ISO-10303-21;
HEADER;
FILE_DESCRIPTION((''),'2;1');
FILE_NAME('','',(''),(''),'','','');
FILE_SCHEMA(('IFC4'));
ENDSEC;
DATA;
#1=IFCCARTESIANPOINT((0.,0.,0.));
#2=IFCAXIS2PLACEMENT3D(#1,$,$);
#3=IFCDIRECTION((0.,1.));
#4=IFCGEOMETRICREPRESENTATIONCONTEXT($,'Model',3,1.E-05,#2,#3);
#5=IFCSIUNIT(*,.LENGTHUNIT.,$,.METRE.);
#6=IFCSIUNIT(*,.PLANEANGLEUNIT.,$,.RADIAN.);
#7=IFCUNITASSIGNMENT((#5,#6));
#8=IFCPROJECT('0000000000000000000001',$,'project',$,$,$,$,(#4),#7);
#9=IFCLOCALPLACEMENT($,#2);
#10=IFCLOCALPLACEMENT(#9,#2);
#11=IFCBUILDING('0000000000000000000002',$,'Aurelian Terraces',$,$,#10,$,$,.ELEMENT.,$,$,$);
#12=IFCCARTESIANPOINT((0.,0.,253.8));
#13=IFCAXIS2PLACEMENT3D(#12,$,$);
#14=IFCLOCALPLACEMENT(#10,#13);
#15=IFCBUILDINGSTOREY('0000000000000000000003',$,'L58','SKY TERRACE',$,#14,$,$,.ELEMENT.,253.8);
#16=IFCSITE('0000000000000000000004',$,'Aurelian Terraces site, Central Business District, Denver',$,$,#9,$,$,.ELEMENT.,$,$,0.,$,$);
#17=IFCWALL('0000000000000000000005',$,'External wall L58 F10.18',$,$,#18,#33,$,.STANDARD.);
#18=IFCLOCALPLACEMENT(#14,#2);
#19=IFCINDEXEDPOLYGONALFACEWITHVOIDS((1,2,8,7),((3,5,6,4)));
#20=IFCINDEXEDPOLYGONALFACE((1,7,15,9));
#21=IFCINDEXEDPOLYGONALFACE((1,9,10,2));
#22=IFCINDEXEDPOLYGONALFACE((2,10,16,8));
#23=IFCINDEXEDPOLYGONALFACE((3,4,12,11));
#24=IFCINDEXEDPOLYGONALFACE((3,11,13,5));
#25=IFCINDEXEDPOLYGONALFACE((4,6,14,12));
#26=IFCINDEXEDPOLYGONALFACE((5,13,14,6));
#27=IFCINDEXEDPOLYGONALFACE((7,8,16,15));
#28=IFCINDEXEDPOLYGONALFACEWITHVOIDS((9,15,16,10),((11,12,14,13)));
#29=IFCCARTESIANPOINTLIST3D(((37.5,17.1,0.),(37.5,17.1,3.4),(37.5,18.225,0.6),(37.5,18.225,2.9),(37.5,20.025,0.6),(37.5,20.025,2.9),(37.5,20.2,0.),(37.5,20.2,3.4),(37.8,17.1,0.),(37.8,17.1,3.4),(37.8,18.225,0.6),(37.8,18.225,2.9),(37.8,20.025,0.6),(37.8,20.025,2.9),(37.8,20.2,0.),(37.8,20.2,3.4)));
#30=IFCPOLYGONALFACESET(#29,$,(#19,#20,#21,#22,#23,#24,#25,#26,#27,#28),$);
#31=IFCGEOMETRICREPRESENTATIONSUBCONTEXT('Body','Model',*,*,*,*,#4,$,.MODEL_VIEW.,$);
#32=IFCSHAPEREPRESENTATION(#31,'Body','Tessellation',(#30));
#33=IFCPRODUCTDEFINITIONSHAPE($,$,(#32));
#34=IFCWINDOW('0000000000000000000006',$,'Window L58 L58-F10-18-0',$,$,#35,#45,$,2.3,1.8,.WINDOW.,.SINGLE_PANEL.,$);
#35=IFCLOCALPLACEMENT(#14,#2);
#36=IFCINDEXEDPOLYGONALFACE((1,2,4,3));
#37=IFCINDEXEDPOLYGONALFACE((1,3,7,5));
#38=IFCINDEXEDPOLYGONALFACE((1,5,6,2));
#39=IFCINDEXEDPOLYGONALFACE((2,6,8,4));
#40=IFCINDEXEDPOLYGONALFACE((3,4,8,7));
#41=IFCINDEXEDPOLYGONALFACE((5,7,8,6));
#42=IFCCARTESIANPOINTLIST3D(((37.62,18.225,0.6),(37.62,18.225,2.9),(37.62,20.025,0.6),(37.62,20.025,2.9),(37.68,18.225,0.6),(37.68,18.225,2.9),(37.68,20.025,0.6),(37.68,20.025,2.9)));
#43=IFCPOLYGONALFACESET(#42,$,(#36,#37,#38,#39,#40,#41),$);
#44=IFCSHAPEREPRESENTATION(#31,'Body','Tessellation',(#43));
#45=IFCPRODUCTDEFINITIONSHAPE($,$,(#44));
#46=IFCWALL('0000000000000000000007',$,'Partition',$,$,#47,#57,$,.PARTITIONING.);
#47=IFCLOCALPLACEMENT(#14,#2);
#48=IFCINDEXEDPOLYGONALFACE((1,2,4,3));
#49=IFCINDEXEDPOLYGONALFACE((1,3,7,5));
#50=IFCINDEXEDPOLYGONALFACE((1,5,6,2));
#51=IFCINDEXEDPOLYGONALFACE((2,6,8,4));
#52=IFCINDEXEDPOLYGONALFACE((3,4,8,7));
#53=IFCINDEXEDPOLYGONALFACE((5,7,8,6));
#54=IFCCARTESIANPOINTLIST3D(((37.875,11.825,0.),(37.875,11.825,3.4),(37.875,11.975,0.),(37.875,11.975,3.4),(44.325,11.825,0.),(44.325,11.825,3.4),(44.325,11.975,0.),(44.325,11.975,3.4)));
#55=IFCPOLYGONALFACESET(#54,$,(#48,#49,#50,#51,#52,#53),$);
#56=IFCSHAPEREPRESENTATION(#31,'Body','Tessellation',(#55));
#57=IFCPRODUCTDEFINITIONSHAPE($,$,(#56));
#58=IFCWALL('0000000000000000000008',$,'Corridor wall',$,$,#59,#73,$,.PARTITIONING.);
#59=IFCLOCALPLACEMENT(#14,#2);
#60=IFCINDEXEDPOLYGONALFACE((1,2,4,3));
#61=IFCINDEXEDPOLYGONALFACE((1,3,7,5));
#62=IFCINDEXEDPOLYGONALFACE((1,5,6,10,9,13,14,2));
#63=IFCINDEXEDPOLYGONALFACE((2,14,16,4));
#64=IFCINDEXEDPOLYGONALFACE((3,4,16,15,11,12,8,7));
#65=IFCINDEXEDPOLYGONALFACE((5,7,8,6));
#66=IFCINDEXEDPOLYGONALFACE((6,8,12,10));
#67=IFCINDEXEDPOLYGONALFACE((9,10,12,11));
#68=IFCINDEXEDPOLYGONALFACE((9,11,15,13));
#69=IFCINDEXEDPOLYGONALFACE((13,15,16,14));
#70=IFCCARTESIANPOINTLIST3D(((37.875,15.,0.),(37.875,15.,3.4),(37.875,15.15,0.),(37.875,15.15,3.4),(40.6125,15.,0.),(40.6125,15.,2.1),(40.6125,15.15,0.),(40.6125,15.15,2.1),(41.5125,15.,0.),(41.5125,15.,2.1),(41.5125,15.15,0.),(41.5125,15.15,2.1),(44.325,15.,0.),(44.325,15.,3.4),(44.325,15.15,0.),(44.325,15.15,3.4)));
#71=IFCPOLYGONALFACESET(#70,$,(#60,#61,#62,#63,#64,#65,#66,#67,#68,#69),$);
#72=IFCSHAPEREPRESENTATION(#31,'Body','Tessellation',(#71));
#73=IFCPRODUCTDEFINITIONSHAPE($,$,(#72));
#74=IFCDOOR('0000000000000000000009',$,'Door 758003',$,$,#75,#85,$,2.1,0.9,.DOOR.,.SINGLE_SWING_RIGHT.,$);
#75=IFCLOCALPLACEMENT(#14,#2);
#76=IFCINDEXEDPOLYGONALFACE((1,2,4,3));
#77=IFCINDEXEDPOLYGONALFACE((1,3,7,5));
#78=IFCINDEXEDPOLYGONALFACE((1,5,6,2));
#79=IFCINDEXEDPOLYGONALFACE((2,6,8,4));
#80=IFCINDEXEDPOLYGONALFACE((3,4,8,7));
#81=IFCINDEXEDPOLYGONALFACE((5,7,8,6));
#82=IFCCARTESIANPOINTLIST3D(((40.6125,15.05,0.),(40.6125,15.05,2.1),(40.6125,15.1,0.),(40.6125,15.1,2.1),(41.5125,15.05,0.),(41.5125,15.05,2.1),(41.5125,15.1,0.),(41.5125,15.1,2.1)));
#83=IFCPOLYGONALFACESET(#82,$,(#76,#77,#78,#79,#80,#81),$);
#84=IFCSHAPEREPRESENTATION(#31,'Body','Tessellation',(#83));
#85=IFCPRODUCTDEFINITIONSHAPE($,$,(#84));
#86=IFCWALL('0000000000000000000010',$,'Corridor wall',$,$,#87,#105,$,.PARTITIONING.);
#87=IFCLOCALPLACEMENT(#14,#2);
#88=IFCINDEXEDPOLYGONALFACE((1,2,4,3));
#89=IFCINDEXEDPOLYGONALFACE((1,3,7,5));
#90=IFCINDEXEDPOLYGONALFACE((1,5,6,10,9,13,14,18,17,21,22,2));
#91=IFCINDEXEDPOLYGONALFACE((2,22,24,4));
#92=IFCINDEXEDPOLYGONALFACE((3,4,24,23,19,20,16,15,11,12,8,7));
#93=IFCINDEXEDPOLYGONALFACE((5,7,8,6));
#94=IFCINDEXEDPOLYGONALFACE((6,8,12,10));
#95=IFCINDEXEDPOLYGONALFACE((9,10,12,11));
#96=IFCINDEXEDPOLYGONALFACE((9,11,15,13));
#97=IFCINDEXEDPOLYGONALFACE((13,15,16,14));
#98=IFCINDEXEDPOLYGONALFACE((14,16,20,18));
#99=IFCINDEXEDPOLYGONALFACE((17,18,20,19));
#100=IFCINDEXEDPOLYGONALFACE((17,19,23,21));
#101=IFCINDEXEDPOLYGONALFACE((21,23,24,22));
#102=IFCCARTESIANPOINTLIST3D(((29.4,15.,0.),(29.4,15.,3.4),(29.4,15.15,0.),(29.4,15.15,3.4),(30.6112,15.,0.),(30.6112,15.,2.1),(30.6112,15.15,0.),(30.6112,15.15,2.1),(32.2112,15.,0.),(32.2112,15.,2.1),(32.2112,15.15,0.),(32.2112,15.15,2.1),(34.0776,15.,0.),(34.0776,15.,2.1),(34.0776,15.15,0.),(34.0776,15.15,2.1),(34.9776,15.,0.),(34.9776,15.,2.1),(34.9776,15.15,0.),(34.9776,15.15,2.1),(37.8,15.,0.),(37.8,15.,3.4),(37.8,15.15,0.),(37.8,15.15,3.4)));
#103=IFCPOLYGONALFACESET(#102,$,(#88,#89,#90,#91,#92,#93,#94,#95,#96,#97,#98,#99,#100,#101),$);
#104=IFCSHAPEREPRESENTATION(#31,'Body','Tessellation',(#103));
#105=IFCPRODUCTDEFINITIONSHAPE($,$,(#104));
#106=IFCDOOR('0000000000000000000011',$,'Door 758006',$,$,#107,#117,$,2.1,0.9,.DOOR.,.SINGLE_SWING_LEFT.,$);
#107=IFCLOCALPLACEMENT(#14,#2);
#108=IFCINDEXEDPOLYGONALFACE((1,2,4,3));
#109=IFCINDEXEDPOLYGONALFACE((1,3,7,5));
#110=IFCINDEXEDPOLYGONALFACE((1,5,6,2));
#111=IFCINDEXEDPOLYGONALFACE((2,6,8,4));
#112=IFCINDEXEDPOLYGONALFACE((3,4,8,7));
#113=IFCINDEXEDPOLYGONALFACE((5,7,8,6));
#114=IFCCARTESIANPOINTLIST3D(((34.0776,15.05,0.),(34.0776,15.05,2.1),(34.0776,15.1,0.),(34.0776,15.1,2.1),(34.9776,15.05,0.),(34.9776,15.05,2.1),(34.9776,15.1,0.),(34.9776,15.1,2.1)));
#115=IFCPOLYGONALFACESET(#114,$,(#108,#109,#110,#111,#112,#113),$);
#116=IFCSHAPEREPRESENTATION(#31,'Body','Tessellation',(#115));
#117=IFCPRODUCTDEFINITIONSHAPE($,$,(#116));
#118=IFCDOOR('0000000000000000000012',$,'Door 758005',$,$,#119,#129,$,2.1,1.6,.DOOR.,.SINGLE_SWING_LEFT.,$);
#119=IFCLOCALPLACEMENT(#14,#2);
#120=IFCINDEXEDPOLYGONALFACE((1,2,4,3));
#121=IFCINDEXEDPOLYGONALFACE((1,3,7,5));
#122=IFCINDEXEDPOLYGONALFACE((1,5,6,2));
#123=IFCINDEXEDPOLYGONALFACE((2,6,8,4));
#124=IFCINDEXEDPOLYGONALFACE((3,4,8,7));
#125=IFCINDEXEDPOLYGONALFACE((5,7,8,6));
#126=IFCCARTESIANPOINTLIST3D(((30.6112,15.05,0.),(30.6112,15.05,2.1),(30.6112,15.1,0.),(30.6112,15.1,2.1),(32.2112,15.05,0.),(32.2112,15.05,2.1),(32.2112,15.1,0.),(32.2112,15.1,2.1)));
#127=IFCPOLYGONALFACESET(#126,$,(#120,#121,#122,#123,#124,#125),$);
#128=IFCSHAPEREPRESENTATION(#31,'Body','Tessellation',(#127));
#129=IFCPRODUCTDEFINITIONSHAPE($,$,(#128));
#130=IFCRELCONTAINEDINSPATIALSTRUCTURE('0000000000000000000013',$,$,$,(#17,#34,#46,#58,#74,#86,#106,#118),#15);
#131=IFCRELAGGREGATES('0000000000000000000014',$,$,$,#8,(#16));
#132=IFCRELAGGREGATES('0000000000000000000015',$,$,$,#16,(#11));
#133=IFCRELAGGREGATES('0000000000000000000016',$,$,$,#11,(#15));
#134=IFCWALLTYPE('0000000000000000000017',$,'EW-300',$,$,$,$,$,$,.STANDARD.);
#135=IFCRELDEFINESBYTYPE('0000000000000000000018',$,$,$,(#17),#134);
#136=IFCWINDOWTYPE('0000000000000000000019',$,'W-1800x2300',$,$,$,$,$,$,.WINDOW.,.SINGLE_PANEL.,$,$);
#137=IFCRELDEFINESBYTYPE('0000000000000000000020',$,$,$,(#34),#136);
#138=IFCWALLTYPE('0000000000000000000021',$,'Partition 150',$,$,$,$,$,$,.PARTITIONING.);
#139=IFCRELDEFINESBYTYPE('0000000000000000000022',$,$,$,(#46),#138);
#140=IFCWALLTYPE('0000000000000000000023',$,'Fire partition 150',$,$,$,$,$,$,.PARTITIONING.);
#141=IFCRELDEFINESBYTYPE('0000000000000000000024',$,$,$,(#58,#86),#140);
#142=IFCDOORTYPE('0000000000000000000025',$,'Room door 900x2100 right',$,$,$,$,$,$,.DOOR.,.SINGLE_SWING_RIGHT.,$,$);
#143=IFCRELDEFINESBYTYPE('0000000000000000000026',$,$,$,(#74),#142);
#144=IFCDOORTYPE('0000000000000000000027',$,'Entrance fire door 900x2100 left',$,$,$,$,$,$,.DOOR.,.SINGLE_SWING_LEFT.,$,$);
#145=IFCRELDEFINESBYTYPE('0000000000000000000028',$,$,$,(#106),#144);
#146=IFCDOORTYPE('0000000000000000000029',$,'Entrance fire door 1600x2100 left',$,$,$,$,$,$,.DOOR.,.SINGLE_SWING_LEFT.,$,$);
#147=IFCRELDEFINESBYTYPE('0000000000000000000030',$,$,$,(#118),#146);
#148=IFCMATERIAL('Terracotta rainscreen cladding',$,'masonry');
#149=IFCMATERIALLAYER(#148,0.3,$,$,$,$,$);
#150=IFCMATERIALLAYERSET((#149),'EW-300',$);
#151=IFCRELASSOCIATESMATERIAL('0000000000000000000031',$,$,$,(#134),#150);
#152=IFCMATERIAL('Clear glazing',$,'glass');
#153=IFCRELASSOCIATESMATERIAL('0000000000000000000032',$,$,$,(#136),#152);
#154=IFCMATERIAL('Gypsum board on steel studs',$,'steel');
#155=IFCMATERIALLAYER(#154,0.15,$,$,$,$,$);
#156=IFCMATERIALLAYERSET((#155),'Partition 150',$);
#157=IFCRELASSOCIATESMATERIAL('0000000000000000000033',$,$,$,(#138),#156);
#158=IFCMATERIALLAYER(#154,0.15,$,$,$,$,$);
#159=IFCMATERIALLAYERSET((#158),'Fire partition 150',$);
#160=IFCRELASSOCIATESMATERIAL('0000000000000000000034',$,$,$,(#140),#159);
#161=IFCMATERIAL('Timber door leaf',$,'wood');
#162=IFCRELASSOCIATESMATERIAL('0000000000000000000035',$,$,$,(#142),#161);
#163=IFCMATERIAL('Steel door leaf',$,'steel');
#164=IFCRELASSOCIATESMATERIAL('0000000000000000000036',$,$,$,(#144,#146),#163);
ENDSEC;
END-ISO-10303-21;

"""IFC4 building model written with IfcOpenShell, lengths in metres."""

from ifc_helpers import new_model, si_unit, direction, frame, frame_2d, origin, place, context, subcontext, project, spatial, rectangle, extrude, source, transform, mapped, material, layer, layer_set, type_object, element, fill, save


model = new_model("IFC4")

# Units and contexts
model_context = context("Model", 3, precision=1e-05, world=origin(), true_north=direction((0.0, 1.0)))
body_context = subcontext(model_context, "Body", "Model", "MODEL_VIEW")
ifc_project = project(units=[si_unit("LENGTHUNIT", "METRE"), si_unit("PLANEANGLEUNIT", "RADIAN")], contexts=[model_context])

# Site, building, storey
site_placement = place(None, origin())
site = spatial("IfcSite", under=ifc_project, at=site_placement, Name="Aurelian Terraces site, Central Business District, Denver", CompositionType="ELEMENT", RefElevation=0.0)
building_placement = place(site_placement, origin())
building = spatial("IfcBuilding", under=site, at=building_placement, Name="Aurelian Terraces", CompositionType="ELEMENT")
storey_placement = place(building_placement, frame((0.0, 0.0, 253.8)))
storey = spatial("IfcBuildingStorey", under=building, at=storey_placement, Name="L58", Description="SKY TERRACE", CompositionType="ELEMENT", Elevation=253.8)

# Shared definitions
ifc_material_1 = material(Name="Terracotta rainscreen cladding", Category="masonry")
ifc_layer_1 = layer(ifc_material_1, 0.3)
ifc_layer_set_1 = layer_set([ifc_layer_1], Name="EW-300")
wall_type_1 = type_object("IfcWallType", Name="EW-300", PredefinedType="STANDARD", material=ifc_layer_set_1)
ifc_material_2 = material(Name="Clear glazing", Category="glass")

# Shared definitions
shared_shape_1 = source(origin(), body_context, "Body", "SweptSolid", [
    extrude(rectangle(XDim=1.8, YDim=2.3, at=frame_2d((0.9, 1.15))), frame((0.0, 0.16, 0.0), z_axis=(0.0, -1.0, 0.0), x_axis=(1.0, 0.0, 0.0)), (0.0, 0.0, 1.0), 0.32),
])
window_type_1 = type_object("IfcWindowType", Name="W-1800x2300", PartitioningType="SINGLE_PANEL", PredefinedType="WINDOW", material=ifc_material_2)
shared_shape_2 = source(origin(), body_context, "Body", "SweptSolid", [
    extrude(rectangle(XDim=1.8, YDim=2.3, at=frame_2d((0.9, 1.15))), frame((0.0, 0.03, 0.0), z_axis=(0.0, -1.0, 0.0), x_axis=(1.0, 0.0, 0.0)), (0.0, 0.0, 1.0), 0.06),
])
ifc_material_3 = material(Name="Timber door leaf", Category="wood")

# Wall, opening, window
shared_shape_3 = source(origin(), body_context, "Body", "SweptSolid", [
    extrude(rectangle(XDim=3.1, YDim=0.3, at=frame_2d((1.55, 0.0))), origin(), (0.0, 0.0, 1.0), 3.4),
])
wall_1_placement = place(storey_placement, frame((37.65, 17.1, 0.0), z_axis=(0.0, 0.0, 1.0), x_axis=(0.0, 1.0, 0.0)))
wall_1 = element("IfcWall", 1, at=wall_1_placement, inside=storey, type_object=wall_type_1, Name="External wall L58 F10.18", PredefinedType="STANDARD", context=body_context, shape_type="MappedRepresentation", body=[
    mapped(shared_shape_3, transform((0.0, 0.0, 0.0), scale=1.0)),
])
opening_1_placement = place(wall_1_placement, frame((1.125, 0.0, 0.6)))
opening_1 = element("IfcOpeningElement", 2, at=opening_1_placement, cuts=wall_1, PredefinedType="OPENING", context=body_context, shape_type="MappedRepresentation", body=[
    mapped(shared_shape_1, transform((0.0, 0.0, 0.0), scale=1.0)),
])
window_1_placement = place(opening_1_placement, origin())
window_1 = element("IfcWindow", 3, at=window_1_placement, inside=storey, type_object=window_type_1, Name="Window L58 L58-F10-18-0", OverallHeight=2.3, OverallWidth=1.8, PartitioningType="SINGLE_PANEL", PredefinedType="WINDOW", context=body_context, shape_type="MappedRepresentation", body=[
    mapped(shared_shape_2, transform((0.0, 0.0, 0.0), scale=1.0)),
])
fill(opening_1, window_1)

# Wall
ifc_material_4 = material(Name="Gypsum board on steel studs", Category="steel")
ifc_layer_2 = layer(ifc_material_4, 0.15)
ifc_layer_set_2 = layer_set([ifc_layer_2], Name="Partition 150")
wall_type_2 = type_object("IfcWallType", Name="Partition 150", PredefinedType="PARTITIONING", material=ifc_layer_set_2)
shared_shape_4 = source(origin(), body_context, "Body", "SweptSolid", [
    extrude(rectangle(XDim=6.45, YDim=0.15, at=frame_2d((3.225, 0.0))), origin(), (0.0, 0.0, 1.0), 3.4),
])
wall_2_placement = place(storey_placement, frame((37.875, 11.9, 0.0), z_axis=(0.0, 0.0, 1.0), x_axis=(1.0, 0.0, 0.0)))
element("IfcWall", 4, at=wall_2_placement, inside=storey, type_object=wall_type_2, Name="Partition", PredefinedType="PARTITIONING", context=body_context, shape_type="MappedRepresentation", body=[
    mapped(shared_shape_4, transform((0.0, 0.0, 0.0), scale=1.0)),
])

# Wall, opening, door
ifc_layer_3 = layer(ifc_material_4, 0.15)
ifc_layer_set_3 = layer_set([ifc_layer_3], Name="Fire partition 150")
wall_type_3 = type_object("IfcWallType", Name="Fire partition 150", PredefinedType="PARTITIONING", material=ifc_layer_set_3)
wall_3_placement = place(storey_placement, frame((44.325, 15.075, 0.0), z_axis=(0.0, 0.0, 1.0), x_axis=(-1.0, 0.0, 0.0)))
wall_3 = element("IfcWall", 5, at=wall_3_placement, inside=storey, type_object=wall_type_3, Name="Corridor wall", PredefinedType="PARTITIONING", context=body_context, shape_type="MappedRepresentation", body=[
    mapped(shared_shape_4, transform((0.0, 0.0, 0.0), scale=1.0)),
])
shared_shape_5 = source(origin(), body_context, "Body", "SweptSolid", [
    extrude(rectangle(XDim=0.9, YDim=2.1, at=frame_2d((0.45, 1.05))), frame((0.0, 0.085, 0.0), z_axis=(0.0, -1.0, 0.0), x_axis=(1.0, 0.0, 0.0)), (0.0, 0.0, 1.0), 0.17),
])
opening_2_placement = place(wall_3_placement, frame((2.8125, 0.0, 0.0)))
opening_2 = element("IfcOpeningElement", 6, at=opening_2_placement, cuts=wall_3, PredefinedType="OPENING", context=body_context, shape_type="MappedRepresentation", body=[
    mapped(shared_shape_5, transform((0.0, 0.0, 0.0), scale=1.0)),
])
door_type_1 = type_object("IfcDoorType", Name="Room door 900x2100 right", OperationType="SINGLE_SWING_RIGHT", PredefinedType="DOOR", material=ifc_material_3)
shared_shape_6 = source(origin(), body_context, "Body", "SweptSolid", [
    extrude(rectangle(XDim=0.9, YDim=2.1, at=frame_2d((0.45, 1.05))), frame((0.0, 0.025, 0.0), z_axis=(0.0, -1.0, 0.0), x_axis=(1.0, 0.0, 0.0)), (0.0, 0.0, 1.0), 0.05),
])
door_1_placement = place(opening_2_placement, origin())
door_1 = element("IfcDoor", 7, at=door_1_placement, inside=storey, type_object=door_type_1, Name="Door 758003", OperationType="SINGLE_SWING_RIGHT", OverallHeight=2.1, OverallWidth=0.9, PredefinedType="DOOR", context=body_context, shape_type="MappedRepresentation", body=[
    mapped(shared_shape_6, transform((0.0, 0.0, 0.0), scale=1.0)),
])
fill(opening_2, door_1)

# Wall, openings, doors
shared_shape_7 = source(origin(), body_context, "Body", "SweptSolid", [
    extrude(rectangle(XDim=8.4, YDim=0.15, at=frame_2d((4.2, 0.0))), origin(), (0.0, 0.0, 1.0), 3.4),
])
wall_4_placement = place(storey_placement, frame((37.8, 15.075, 0.0), z_axis=(0.0, 0.0, 1.0), x_axis=(-1.0, 0.0, 0.0)))
wall_4 = element("IfcWall", 8, at=wall_4_placement, inside=storey, type_object=wall_type_3, Name="Corridor wall", PredefinedType="PARTITIONING", context=body_context, shape_type="MappedRepresentation", body=[
    mapped(shared_shape_7, transform((0.0, 0.0, 0.0), scale=1.0)),
])
shared_shape_8 = source(origin(), body_context, "Body", "SweptSolid", [
    extrude(rectangle(XDim=1.6, YDim=2.1, at=frame_2d((0.8, 1.05))), frame((0.0, 0.085, 0.0), z_axis=(0.0, -1.0, 0.0), x_axis=(1.0, 0.0, 0.0)), (0.0, 0.0, 1.0), 0.17),
])
opening_3_placement = place(wall_4_placement, frame((5.5888, 0.0, 0.0)))
opening_3 = element("IfcOpeningElement", 9, at=opening_3_placement, cuts=wall_4, PredefinedType="OPENING", context=body_context, shape_type="MappedRepresentation", body=[
    mapped(shared_shape_8, transform((0.0, 0.0, 0.0), scale=1.0)),
])
opening_4_placement = place(wall_4_placement, frame((2.8224, 0.0, 0.0)))
opening_4 = element("IfcOpeningElement", 10, at=opening_4_placement, cuts=wall_4, PredefinedType="OPENING", context=body_context, shape_type="MappedRepresentation", body=[
    mapped(shared_shape_5, transform((0.0, 0.0, 0.0), scale=1.0)),
])
ifc_material_5 = material(Name="Steel door leaf", Category="steel")
door_type_2 = type_object("IfcDoorType", Name="Entrance fire door 900x2100 left", OperationType="SINGLE_SWING_LEFT", PredefinedType="DOOR", material=ifc_material_5)
door_2_placement = place(opening_4_placement, origin())
door_2 = element("IfcDoor", 11, at=door_2_placement, inside=storey, type_object=door_type_2, Name="Door 758006", OperationType="SINGLE_SWING_LEFT", OverallHeight=2.1, OverallWidth=0.9, PredefinedType="DOOR", context=body_context, shape_type="MappedRepresentation", body=[
    mapped(shared_shape_6, transform((0.0, 0.0, 0.0), scale=1.0)),
])
fill(opening_4, door_2)
door_type_3 = type_object("IfcDoorType", Name="Entrance fire door 1600x2100 left", OperationType="SINGLE_SWING_LEFT", PredefinedType="DOOR", material=ifc_material_5)
shared_shape_9 = source(origin(), body_context, "Body", "SweptSolid", [
    extrude(rectangle(XDim=1.6, YDim=2.1, at=frame_2d((0.8, 1.05))), frame((0.0, 0.025, 0.0), z_axis=(0.0, -1.0, 0.0), x_axis=(1.0, 0.0, 0.0)), (0.0, 0.0, 1.0), 0.05),
])
door_3_placement = place(opening_3_placement, origin())
door_3 = element("IfcDoor", 12, at=door_3_placement, inside=storey, type_object=door_type_3, Name="Door 758005", OperationType="SINGLE_SWING_LEFT", OverallHeight=2.1, OverallWidth=1.6, PredefinedType="DOOR", context=body_context, shape_type="MappedRepresentation", body=[
    mapped(shared_shape_9, transform((0.0, 0.0, 0.0), scale=1.0)),
])
fill(opening_3, door_3)

save(model, "model.ifc")
